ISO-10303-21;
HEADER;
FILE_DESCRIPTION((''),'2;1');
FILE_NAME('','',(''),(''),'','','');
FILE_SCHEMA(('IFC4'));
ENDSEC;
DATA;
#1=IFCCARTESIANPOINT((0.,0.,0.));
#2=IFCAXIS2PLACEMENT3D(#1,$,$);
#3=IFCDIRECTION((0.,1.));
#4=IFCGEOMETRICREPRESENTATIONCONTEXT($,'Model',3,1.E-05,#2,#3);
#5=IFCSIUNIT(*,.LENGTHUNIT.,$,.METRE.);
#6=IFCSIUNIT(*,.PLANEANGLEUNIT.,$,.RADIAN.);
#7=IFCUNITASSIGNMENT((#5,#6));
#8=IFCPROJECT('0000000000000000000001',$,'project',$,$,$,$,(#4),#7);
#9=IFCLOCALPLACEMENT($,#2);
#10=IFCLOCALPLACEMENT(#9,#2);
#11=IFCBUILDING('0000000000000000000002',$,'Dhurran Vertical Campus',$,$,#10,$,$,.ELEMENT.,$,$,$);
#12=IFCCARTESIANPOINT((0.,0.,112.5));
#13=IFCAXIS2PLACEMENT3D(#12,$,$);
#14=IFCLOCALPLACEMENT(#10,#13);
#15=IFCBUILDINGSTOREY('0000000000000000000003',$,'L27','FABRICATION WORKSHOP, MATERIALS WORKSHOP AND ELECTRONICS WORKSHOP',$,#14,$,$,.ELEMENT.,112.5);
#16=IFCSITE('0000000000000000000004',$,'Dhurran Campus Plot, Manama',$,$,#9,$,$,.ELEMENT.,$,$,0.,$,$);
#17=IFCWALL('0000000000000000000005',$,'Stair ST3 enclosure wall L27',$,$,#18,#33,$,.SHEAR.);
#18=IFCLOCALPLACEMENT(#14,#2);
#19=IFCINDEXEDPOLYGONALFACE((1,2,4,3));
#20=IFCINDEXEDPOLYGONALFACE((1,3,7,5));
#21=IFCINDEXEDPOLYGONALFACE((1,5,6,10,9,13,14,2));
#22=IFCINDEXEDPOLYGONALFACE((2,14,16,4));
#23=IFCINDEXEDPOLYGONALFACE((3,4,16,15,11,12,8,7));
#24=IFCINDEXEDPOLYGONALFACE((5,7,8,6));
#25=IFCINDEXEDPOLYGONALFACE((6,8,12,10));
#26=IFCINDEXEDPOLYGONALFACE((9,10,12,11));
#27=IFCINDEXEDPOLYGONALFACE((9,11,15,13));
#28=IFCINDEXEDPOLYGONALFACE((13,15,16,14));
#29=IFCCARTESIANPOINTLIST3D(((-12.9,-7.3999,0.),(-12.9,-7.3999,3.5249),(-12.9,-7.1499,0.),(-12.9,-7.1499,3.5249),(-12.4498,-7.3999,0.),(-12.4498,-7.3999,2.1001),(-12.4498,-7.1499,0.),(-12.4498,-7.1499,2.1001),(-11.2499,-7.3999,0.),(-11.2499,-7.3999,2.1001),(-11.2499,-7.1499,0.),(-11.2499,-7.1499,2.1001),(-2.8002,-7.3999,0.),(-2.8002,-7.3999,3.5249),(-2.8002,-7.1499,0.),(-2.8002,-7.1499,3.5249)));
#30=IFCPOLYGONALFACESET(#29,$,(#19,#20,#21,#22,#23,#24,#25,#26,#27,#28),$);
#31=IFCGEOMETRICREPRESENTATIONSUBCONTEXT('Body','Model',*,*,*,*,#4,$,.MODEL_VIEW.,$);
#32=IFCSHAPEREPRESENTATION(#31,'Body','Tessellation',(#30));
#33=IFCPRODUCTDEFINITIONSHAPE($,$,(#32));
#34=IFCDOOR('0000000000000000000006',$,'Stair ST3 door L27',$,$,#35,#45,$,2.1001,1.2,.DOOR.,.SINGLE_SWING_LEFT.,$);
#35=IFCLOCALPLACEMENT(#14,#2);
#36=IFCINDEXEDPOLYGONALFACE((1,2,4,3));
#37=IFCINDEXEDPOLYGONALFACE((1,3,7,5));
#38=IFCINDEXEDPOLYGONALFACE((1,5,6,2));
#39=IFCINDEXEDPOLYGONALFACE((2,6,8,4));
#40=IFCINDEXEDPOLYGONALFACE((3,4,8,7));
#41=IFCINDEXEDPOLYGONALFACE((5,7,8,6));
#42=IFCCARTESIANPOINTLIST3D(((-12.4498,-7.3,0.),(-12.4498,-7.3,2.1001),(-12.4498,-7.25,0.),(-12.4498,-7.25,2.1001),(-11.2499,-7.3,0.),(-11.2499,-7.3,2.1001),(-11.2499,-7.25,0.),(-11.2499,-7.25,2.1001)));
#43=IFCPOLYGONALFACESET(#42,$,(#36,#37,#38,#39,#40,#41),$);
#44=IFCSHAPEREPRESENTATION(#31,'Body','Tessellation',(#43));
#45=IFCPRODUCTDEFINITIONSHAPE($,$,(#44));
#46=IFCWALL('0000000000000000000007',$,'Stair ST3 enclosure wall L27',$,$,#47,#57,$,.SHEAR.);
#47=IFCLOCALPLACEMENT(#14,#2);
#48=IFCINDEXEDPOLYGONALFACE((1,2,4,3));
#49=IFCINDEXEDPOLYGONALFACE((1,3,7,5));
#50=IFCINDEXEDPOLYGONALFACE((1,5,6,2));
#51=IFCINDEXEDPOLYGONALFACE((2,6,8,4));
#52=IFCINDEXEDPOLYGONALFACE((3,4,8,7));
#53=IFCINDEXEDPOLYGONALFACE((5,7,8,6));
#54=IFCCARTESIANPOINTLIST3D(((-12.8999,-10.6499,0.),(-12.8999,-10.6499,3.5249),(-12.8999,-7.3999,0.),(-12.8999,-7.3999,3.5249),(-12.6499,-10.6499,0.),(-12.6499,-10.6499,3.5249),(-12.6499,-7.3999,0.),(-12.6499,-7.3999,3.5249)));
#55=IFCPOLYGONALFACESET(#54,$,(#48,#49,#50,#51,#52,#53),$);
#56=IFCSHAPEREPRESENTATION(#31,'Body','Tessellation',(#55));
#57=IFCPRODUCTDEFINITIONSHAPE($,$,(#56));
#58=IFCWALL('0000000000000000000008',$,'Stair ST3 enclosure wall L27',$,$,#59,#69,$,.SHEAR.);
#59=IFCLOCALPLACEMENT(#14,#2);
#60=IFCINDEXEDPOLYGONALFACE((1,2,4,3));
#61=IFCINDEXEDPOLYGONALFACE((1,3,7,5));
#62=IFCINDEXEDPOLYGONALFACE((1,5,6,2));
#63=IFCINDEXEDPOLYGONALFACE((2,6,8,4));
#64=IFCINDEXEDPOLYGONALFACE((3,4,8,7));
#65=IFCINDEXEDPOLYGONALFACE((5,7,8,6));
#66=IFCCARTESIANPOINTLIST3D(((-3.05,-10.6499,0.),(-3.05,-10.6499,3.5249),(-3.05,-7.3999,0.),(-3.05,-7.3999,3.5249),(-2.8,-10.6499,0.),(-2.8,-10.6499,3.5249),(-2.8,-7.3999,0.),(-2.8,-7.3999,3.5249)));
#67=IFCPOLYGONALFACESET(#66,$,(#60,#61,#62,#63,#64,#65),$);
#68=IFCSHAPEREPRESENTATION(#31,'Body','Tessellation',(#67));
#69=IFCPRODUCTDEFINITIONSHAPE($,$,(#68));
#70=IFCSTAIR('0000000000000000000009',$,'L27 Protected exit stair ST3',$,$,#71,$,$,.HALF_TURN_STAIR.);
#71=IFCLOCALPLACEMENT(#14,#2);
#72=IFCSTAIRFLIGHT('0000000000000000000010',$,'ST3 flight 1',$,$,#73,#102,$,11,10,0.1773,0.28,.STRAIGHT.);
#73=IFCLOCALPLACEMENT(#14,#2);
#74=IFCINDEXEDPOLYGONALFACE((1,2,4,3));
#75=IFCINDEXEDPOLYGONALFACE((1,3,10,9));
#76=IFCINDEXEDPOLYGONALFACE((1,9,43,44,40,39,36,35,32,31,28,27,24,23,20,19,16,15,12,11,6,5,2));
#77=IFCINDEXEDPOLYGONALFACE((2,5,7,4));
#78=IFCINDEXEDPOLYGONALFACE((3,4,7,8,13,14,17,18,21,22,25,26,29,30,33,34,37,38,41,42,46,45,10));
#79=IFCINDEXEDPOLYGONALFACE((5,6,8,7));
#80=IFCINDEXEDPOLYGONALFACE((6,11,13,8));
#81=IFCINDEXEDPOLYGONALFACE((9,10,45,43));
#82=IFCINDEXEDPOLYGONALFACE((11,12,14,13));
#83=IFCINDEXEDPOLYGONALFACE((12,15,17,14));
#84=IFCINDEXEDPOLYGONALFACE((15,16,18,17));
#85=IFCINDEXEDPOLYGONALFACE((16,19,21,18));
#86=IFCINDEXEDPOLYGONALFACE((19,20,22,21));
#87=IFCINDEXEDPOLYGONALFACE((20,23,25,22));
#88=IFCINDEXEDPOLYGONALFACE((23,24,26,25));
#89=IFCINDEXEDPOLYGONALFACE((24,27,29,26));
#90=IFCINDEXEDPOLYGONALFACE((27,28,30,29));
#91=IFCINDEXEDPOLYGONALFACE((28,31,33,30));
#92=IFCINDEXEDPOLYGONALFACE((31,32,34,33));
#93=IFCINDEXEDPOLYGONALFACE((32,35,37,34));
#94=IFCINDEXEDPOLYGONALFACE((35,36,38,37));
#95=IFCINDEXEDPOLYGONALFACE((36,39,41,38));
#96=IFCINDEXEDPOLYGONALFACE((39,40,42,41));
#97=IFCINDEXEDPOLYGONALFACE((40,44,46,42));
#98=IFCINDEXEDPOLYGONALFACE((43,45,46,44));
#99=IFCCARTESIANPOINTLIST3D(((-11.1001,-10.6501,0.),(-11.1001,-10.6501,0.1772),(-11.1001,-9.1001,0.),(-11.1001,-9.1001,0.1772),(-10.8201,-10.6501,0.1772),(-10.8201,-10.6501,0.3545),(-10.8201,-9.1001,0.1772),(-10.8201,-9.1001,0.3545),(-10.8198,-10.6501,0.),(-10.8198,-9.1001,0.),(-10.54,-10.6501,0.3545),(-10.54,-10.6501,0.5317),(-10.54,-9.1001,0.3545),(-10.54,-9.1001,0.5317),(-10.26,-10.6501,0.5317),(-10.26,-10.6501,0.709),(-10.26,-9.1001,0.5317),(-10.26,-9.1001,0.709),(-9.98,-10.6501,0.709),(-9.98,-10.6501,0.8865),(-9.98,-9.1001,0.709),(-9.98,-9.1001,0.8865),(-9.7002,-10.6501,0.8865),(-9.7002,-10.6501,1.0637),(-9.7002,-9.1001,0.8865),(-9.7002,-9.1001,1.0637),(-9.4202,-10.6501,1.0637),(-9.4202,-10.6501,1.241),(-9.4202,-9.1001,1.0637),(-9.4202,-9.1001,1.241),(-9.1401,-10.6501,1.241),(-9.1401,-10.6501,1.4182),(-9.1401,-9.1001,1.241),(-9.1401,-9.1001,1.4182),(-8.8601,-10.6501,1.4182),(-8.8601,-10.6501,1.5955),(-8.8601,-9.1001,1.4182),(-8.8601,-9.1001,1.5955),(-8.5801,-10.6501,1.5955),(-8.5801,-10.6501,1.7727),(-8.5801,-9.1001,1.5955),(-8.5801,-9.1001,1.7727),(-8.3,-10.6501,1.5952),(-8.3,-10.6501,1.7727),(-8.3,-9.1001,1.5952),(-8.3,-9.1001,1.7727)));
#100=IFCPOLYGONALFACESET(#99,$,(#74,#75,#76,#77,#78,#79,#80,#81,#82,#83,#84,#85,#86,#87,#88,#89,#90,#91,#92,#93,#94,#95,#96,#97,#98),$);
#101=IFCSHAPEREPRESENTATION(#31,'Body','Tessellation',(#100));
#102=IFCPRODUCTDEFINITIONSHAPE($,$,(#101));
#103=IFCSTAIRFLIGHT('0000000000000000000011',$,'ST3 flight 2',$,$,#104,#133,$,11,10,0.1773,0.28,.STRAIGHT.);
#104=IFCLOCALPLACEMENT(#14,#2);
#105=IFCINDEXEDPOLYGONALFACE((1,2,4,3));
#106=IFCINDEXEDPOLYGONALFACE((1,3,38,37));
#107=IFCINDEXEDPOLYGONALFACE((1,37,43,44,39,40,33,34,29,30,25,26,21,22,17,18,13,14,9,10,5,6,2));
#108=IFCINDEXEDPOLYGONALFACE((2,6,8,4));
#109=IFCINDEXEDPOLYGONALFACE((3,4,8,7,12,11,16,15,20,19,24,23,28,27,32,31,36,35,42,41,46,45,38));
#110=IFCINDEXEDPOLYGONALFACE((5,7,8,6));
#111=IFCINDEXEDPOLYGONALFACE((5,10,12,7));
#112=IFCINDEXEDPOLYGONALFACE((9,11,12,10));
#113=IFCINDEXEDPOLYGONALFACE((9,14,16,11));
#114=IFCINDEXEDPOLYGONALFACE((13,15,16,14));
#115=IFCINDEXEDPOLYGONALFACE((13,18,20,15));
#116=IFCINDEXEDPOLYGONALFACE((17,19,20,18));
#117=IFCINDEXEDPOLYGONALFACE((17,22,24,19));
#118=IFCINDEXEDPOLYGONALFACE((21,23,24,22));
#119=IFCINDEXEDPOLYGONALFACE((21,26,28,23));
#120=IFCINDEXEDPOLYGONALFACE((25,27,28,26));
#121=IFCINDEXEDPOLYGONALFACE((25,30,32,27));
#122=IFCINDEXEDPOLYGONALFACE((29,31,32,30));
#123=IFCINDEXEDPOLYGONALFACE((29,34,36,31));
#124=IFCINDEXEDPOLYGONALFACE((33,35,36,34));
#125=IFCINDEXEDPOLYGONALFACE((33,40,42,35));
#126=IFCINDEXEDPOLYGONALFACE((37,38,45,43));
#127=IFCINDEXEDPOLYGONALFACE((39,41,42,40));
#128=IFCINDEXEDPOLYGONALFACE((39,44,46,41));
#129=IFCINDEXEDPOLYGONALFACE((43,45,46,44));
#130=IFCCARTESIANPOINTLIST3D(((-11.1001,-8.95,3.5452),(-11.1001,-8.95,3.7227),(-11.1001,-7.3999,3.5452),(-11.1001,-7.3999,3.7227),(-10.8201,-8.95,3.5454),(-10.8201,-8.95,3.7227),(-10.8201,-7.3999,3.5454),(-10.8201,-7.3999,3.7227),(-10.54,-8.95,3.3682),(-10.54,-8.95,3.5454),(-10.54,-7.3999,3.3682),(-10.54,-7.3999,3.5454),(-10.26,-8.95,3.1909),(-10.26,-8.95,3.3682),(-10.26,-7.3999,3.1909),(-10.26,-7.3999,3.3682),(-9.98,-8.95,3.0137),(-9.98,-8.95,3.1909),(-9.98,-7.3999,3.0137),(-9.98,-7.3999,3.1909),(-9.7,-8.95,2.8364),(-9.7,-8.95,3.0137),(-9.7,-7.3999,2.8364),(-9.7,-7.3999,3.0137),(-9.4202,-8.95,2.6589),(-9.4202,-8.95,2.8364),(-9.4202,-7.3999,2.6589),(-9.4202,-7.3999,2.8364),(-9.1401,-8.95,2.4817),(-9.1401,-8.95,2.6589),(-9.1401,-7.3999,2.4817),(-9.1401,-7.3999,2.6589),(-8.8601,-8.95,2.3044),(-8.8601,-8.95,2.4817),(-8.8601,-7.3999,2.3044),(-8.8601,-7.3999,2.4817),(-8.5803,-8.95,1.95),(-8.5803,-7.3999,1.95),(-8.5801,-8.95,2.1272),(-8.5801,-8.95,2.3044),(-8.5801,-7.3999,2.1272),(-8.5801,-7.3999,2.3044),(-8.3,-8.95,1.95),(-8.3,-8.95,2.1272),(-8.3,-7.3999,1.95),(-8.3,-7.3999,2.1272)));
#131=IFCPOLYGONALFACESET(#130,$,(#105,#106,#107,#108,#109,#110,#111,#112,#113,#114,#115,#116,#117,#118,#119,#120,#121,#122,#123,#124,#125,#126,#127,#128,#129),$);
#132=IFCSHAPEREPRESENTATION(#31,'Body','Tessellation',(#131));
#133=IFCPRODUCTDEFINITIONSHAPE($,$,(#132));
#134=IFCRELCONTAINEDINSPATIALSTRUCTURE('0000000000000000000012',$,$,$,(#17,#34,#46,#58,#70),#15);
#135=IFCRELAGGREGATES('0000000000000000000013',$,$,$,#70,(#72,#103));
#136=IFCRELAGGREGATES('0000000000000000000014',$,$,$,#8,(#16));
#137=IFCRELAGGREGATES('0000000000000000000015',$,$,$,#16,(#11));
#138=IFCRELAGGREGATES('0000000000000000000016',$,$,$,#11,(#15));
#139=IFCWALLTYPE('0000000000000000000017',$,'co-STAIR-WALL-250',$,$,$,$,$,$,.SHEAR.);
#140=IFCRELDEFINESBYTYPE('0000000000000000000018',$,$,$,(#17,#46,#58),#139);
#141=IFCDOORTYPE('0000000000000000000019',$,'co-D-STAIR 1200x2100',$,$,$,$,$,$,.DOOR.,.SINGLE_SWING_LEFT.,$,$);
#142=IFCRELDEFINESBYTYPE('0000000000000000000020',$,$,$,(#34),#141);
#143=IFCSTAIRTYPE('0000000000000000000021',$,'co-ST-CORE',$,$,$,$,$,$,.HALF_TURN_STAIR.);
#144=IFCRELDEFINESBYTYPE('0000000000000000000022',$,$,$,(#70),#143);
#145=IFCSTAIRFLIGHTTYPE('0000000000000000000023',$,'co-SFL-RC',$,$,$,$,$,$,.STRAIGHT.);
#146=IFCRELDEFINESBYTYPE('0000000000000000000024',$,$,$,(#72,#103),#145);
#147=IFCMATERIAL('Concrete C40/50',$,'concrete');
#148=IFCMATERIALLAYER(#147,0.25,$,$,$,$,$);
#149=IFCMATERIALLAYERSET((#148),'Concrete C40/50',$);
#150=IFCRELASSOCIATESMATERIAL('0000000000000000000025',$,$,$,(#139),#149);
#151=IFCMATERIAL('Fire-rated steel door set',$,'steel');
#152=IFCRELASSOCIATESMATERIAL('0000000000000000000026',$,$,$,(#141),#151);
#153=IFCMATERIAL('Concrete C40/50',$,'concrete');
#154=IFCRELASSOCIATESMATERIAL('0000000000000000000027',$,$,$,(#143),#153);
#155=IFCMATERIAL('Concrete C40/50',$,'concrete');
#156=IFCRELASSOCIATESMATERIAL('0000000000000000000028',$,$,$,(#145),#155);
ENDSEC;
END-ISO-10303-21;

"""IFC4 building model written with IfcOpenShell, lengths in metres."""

from ifc_helpers import new_model, si_unit, direction, frame, frame_2d, origin, place, context, subcontext, project, spatial, polyline, rectangle, outline, extrude, material, layer, layer_set, type_object, element, fill, aggregate, save


model = new_model("IFC4")

# Units and contexts
model_context = context("Model", 3, precision=1e-05, world=origin(), true_north=direction((0.0, 1.0)))
body_context = subcontext(model_context, "Body", "Model", "MODEL_VIEW")
ifc_project = project(units=[si_unit("LENGTHUNIT", "METRE"), si_unit("PLANEANGLEUNIT", "RADIAN")], contexts=[model_context])

# Site, building, storey
site_placement = place(None, origin())
site = spatial("IfcSite", under=ifc_project, at=site_placement, Name="Dhurran Campus Plot, Manama", CompositionType="ELEMENT", RefElevation=0.0)
building_placement = place(site_placement, origin())
building = spatial("IfcBuilding", under=site, at=building_placement, Name="Dhurran Vertical Campus", CompositionType="ELEMENT")
storey_placement = place(building_placement, frame((0.0, 0.0, 112.5)))
storey = spatial("IfcBuildingStorey", under=building, at=storey_placement, Name="L27", Description="FABRICATION WORKSHOP, MATERIALS WORKSHOP AND ELECTRONICS WORKSHOP", CompositionType="ELEMENT", Elevation=112.5)

# Wall, opening, door
ifc_material_1 = material(Name="Concrete C40/50", Category="concrete")
ifc_layer_1 = layer(ifc_material_1, 0.25)
ifc_layer_set_1 = layer_set([ifc_layer_1], Name="Concrete C40/50")
wall_type_1 = type_object("IfcWallType", Name="co-STAIR-WALL-250", PredefinedType="SHEAR", material=ifc_layer_set_1)
wall_1_placement = place(storey_placement, frame((-12.8999, -7.2749, 0.0), z_axis=(0.0, 0.0, 1.0), x_axis=(1.0, 0.0, 0.0)))
wall_1 = element("IfcWall", 1, at=wall_1_placement, inside=storey, type_object=wall_type_1, Name="Stair ST3 enclosure wall L27", PredefinedType="SHEAR", context=body_context, shape_type="SweptSolid", body=[
    extrude(rectangle(XDim=10.0999, YDim=0.25, at=frame_2d((5.0498, 0.0))), origin(), (0.0, 0.0, 1.0), 3.5249),
])
opening_1_placement = place(wall_1_placement, frame((0.45, 0.0, 0.0)))
opening_1 = element("IfcOpeningElement", 2, at=opening_1_placement, cuts=wall_1, PredefinedType="OPENING", context=body_context, shape_type="SweptSolid", body=[
    extrude(rectangle(XDim=1.2, YDim=2.1001, at=frame_2d((0.6001, 1.05))), frame((0.0, 0.135, 0.0), z_axis=(0.0, -1.0, 0.0), x_axis=(1.0, 0.0, 0.0)), (0.0, 0.0, 1.0), 0.27),
])
ifc_material_2 = material(Name="Fire-rated steel door set", Category="steel")
door_type_1 = type_object("IfcDoorType", Name="co-D-STAIR 1200x2100", OperationType="SINGLE_SWING_LEFT", PredefinedType="DOOR", material=ifc_material_2)
door_1_placement = place(opening_1_placement, origin())
door_1 = element("IfcDoor", 3, at=door_1_placement, inside=storey, type_object=door_type_1, Name="Stair ST3 door L27", OperationType="SINGLE_SWING_LEFT", OverallHeight=2.1001, OverallWidth=1.2, PredefinedType="DOOR", context=body_context, shape_type="SweptSolid", body=[
    extrude(rectangle(XDim=1.2, YDim=2.1001, at=frame_2d((0.6001, 1.05))), frame((0.0, 0.0249, 0.0), z_axis=(0.0, -1.0, 0.0), x_axis=(1.0, 0.0, 0.0)), (0.0, 0.0, 1.0), 0.05),
])
fill(opening_1, door_1)

# Walls
for number, where, z_axis, x_axis, name in (
    (4, (-12.7749, -10.6499, 0.0), (0.0, 0.0, 1.0), (0.0, 1.0, 0.0), "Stair ST3 enclosure wall L27"),
    (5, (-2.925, -10.6499, 0.0), (0.0, 0.0, 1.0), (0.0, 1.0, 0.0), "Stair ST3 enclosure wall L27"),
):
    element("IfcWall", number, at=place(storey_placement, frame(where, z_axis=z_axis, x_axis=x_axis)), inside=storey, type_object=wall_type_1, Name=name, PredefinedType="SHEAR", context=body_context, shape_type="SweptSolid", body=[
        extrude(rectangle(XDim=3.25, YDim=0.25, at=frame_2d((1.625, 0.0))), origin(), (0.0, 0.0, 1.0), 3.5249),
    ])

# Stair, stair flights
ifc_material_3 = material(Name="Concrete C40/50", Category="concrete")
stair_type = type_object("IfcStairType", Name="co-ST-CORE", PredefinedType="HALF_TURN_STAIR", material=ifc_material_3)
stair_placement = place(storey_placement, origin())
stair = element("IfcStair", 6, at=stair_placement, inside=storey, type_object=stair_type, Name="L27 Protected exit stair ST3", PredefinedType="HALF_TURN_STAIR")
ifc_material_4 = material(Name="Concrete C40/50", Category="concrete")
stair_flight_type = type_object("IfcStairFlightType", Name="co-SFL-RC", PredefinedType="STRAIGHT", material=ifc_material_4)
stair_flight_1_placement = place(storey_placement, frame((-11.1001, -9.875, 0.0), z_axis=(0.0, 0.0, 1.0), x_axis=(1.0, 0.0, 0.0)))
stair_flight_1 = element("IfcStairFlight", 7, at=stair_flight_1_placement, type_object=stair_flight_type, Name="ST3 flight 1", NumberOfRisers=11, NumberOfTreads=10, PredefinedType="STRAIGHT", RiserHeight=0.1773, TreadLength=0.28, context=body_context, shape_type="SweptSolid", body=[
    extrude(outline(polyline([(0.0, 0.0), (0.0, 0.1772), (0.28, 0.1772), (0.28, 0.3545), (0.5601, 0.3545), (0.5601, 0.5317), (0.8401, 0.5317), (0.8401, 0.709), (1.1201, 0.709), (1.1201, 0.8865), (1.3999, 0.8865), (1.3999, 1.0637), (1.6799, 1.0637), (1.6799, 1.241), (1.96, 1.241), (1.96, 1.4182), (2.24, 1.4182), (2.24, 1.5955), (2.52, 1.5955), (2.52, 1.7727), (2.8, 1.7727), (2.8, 1.95), (2.8, 1.5952), (0.2803, 0.0), (0.0, 0.0)])), frame((0.0, 0.7749, 0.0), z_axis=(0.0, -1.0, 0.0), x_axis=(1.0, 0.0, 0.0)), (0.0, 0.0, 1.0), 1.55),
])
stair_flight_2_placement = place(storey_placement, frame((-8.3, -8.175, 1.95), z_axis=(0.0, 0.0, 1.0), x_axis=(-1.0, 0.0, 0.0)))
stair_flight_2 = element("IfcStairFlight", 8, at=stair_flight_2_placement, type_object=stair_flight_type, Name="ST3 flight 2", NumberOfRisers=11, NumberOfTreads=10, PredefinedType="STRAIGHT", RiserHeight=0.1773, TreadLength=0.28, context=body_context, shape_type="SweptSolid", body=[
    extrude(outline(polyline([(0.0, 0.0), (0.0, 0.1772), (0.28, 0.1772), (0.28, 0.3545), (0.5601, 0.3545), (0.5601, 0.5317), (0.8401, 0.5317), (0.8401, 0.709), (1.1201, 0.709), (1.1201, 0.8865), (1.3999, 0.8865), (1.3999, 1.0637), (1.6799, 1.0637), (1.6799, 1.241), (1.96, 1.241), (1.96, 1.4182), (2.24, 1.4182), (2.24, 1.5955), (2.52, 1.5955), (2.52, 1.7727), (2.8, 1.7727), (2.8, 1.95), (2.8, 1.5952), (0.2803, 0.0), (0.0, 0.0)])), frame((0.0, 0.7749, 0.0), z_axis=(0.0, -1.0, 0.0), x_axis=(1.0, 0.0, 0.0)), (0.0, 0.0, 1.0), 1.55),
])
aggregate(stair, [stair_flight_1, stair_flight_2])

save(model, "model.ifc")
